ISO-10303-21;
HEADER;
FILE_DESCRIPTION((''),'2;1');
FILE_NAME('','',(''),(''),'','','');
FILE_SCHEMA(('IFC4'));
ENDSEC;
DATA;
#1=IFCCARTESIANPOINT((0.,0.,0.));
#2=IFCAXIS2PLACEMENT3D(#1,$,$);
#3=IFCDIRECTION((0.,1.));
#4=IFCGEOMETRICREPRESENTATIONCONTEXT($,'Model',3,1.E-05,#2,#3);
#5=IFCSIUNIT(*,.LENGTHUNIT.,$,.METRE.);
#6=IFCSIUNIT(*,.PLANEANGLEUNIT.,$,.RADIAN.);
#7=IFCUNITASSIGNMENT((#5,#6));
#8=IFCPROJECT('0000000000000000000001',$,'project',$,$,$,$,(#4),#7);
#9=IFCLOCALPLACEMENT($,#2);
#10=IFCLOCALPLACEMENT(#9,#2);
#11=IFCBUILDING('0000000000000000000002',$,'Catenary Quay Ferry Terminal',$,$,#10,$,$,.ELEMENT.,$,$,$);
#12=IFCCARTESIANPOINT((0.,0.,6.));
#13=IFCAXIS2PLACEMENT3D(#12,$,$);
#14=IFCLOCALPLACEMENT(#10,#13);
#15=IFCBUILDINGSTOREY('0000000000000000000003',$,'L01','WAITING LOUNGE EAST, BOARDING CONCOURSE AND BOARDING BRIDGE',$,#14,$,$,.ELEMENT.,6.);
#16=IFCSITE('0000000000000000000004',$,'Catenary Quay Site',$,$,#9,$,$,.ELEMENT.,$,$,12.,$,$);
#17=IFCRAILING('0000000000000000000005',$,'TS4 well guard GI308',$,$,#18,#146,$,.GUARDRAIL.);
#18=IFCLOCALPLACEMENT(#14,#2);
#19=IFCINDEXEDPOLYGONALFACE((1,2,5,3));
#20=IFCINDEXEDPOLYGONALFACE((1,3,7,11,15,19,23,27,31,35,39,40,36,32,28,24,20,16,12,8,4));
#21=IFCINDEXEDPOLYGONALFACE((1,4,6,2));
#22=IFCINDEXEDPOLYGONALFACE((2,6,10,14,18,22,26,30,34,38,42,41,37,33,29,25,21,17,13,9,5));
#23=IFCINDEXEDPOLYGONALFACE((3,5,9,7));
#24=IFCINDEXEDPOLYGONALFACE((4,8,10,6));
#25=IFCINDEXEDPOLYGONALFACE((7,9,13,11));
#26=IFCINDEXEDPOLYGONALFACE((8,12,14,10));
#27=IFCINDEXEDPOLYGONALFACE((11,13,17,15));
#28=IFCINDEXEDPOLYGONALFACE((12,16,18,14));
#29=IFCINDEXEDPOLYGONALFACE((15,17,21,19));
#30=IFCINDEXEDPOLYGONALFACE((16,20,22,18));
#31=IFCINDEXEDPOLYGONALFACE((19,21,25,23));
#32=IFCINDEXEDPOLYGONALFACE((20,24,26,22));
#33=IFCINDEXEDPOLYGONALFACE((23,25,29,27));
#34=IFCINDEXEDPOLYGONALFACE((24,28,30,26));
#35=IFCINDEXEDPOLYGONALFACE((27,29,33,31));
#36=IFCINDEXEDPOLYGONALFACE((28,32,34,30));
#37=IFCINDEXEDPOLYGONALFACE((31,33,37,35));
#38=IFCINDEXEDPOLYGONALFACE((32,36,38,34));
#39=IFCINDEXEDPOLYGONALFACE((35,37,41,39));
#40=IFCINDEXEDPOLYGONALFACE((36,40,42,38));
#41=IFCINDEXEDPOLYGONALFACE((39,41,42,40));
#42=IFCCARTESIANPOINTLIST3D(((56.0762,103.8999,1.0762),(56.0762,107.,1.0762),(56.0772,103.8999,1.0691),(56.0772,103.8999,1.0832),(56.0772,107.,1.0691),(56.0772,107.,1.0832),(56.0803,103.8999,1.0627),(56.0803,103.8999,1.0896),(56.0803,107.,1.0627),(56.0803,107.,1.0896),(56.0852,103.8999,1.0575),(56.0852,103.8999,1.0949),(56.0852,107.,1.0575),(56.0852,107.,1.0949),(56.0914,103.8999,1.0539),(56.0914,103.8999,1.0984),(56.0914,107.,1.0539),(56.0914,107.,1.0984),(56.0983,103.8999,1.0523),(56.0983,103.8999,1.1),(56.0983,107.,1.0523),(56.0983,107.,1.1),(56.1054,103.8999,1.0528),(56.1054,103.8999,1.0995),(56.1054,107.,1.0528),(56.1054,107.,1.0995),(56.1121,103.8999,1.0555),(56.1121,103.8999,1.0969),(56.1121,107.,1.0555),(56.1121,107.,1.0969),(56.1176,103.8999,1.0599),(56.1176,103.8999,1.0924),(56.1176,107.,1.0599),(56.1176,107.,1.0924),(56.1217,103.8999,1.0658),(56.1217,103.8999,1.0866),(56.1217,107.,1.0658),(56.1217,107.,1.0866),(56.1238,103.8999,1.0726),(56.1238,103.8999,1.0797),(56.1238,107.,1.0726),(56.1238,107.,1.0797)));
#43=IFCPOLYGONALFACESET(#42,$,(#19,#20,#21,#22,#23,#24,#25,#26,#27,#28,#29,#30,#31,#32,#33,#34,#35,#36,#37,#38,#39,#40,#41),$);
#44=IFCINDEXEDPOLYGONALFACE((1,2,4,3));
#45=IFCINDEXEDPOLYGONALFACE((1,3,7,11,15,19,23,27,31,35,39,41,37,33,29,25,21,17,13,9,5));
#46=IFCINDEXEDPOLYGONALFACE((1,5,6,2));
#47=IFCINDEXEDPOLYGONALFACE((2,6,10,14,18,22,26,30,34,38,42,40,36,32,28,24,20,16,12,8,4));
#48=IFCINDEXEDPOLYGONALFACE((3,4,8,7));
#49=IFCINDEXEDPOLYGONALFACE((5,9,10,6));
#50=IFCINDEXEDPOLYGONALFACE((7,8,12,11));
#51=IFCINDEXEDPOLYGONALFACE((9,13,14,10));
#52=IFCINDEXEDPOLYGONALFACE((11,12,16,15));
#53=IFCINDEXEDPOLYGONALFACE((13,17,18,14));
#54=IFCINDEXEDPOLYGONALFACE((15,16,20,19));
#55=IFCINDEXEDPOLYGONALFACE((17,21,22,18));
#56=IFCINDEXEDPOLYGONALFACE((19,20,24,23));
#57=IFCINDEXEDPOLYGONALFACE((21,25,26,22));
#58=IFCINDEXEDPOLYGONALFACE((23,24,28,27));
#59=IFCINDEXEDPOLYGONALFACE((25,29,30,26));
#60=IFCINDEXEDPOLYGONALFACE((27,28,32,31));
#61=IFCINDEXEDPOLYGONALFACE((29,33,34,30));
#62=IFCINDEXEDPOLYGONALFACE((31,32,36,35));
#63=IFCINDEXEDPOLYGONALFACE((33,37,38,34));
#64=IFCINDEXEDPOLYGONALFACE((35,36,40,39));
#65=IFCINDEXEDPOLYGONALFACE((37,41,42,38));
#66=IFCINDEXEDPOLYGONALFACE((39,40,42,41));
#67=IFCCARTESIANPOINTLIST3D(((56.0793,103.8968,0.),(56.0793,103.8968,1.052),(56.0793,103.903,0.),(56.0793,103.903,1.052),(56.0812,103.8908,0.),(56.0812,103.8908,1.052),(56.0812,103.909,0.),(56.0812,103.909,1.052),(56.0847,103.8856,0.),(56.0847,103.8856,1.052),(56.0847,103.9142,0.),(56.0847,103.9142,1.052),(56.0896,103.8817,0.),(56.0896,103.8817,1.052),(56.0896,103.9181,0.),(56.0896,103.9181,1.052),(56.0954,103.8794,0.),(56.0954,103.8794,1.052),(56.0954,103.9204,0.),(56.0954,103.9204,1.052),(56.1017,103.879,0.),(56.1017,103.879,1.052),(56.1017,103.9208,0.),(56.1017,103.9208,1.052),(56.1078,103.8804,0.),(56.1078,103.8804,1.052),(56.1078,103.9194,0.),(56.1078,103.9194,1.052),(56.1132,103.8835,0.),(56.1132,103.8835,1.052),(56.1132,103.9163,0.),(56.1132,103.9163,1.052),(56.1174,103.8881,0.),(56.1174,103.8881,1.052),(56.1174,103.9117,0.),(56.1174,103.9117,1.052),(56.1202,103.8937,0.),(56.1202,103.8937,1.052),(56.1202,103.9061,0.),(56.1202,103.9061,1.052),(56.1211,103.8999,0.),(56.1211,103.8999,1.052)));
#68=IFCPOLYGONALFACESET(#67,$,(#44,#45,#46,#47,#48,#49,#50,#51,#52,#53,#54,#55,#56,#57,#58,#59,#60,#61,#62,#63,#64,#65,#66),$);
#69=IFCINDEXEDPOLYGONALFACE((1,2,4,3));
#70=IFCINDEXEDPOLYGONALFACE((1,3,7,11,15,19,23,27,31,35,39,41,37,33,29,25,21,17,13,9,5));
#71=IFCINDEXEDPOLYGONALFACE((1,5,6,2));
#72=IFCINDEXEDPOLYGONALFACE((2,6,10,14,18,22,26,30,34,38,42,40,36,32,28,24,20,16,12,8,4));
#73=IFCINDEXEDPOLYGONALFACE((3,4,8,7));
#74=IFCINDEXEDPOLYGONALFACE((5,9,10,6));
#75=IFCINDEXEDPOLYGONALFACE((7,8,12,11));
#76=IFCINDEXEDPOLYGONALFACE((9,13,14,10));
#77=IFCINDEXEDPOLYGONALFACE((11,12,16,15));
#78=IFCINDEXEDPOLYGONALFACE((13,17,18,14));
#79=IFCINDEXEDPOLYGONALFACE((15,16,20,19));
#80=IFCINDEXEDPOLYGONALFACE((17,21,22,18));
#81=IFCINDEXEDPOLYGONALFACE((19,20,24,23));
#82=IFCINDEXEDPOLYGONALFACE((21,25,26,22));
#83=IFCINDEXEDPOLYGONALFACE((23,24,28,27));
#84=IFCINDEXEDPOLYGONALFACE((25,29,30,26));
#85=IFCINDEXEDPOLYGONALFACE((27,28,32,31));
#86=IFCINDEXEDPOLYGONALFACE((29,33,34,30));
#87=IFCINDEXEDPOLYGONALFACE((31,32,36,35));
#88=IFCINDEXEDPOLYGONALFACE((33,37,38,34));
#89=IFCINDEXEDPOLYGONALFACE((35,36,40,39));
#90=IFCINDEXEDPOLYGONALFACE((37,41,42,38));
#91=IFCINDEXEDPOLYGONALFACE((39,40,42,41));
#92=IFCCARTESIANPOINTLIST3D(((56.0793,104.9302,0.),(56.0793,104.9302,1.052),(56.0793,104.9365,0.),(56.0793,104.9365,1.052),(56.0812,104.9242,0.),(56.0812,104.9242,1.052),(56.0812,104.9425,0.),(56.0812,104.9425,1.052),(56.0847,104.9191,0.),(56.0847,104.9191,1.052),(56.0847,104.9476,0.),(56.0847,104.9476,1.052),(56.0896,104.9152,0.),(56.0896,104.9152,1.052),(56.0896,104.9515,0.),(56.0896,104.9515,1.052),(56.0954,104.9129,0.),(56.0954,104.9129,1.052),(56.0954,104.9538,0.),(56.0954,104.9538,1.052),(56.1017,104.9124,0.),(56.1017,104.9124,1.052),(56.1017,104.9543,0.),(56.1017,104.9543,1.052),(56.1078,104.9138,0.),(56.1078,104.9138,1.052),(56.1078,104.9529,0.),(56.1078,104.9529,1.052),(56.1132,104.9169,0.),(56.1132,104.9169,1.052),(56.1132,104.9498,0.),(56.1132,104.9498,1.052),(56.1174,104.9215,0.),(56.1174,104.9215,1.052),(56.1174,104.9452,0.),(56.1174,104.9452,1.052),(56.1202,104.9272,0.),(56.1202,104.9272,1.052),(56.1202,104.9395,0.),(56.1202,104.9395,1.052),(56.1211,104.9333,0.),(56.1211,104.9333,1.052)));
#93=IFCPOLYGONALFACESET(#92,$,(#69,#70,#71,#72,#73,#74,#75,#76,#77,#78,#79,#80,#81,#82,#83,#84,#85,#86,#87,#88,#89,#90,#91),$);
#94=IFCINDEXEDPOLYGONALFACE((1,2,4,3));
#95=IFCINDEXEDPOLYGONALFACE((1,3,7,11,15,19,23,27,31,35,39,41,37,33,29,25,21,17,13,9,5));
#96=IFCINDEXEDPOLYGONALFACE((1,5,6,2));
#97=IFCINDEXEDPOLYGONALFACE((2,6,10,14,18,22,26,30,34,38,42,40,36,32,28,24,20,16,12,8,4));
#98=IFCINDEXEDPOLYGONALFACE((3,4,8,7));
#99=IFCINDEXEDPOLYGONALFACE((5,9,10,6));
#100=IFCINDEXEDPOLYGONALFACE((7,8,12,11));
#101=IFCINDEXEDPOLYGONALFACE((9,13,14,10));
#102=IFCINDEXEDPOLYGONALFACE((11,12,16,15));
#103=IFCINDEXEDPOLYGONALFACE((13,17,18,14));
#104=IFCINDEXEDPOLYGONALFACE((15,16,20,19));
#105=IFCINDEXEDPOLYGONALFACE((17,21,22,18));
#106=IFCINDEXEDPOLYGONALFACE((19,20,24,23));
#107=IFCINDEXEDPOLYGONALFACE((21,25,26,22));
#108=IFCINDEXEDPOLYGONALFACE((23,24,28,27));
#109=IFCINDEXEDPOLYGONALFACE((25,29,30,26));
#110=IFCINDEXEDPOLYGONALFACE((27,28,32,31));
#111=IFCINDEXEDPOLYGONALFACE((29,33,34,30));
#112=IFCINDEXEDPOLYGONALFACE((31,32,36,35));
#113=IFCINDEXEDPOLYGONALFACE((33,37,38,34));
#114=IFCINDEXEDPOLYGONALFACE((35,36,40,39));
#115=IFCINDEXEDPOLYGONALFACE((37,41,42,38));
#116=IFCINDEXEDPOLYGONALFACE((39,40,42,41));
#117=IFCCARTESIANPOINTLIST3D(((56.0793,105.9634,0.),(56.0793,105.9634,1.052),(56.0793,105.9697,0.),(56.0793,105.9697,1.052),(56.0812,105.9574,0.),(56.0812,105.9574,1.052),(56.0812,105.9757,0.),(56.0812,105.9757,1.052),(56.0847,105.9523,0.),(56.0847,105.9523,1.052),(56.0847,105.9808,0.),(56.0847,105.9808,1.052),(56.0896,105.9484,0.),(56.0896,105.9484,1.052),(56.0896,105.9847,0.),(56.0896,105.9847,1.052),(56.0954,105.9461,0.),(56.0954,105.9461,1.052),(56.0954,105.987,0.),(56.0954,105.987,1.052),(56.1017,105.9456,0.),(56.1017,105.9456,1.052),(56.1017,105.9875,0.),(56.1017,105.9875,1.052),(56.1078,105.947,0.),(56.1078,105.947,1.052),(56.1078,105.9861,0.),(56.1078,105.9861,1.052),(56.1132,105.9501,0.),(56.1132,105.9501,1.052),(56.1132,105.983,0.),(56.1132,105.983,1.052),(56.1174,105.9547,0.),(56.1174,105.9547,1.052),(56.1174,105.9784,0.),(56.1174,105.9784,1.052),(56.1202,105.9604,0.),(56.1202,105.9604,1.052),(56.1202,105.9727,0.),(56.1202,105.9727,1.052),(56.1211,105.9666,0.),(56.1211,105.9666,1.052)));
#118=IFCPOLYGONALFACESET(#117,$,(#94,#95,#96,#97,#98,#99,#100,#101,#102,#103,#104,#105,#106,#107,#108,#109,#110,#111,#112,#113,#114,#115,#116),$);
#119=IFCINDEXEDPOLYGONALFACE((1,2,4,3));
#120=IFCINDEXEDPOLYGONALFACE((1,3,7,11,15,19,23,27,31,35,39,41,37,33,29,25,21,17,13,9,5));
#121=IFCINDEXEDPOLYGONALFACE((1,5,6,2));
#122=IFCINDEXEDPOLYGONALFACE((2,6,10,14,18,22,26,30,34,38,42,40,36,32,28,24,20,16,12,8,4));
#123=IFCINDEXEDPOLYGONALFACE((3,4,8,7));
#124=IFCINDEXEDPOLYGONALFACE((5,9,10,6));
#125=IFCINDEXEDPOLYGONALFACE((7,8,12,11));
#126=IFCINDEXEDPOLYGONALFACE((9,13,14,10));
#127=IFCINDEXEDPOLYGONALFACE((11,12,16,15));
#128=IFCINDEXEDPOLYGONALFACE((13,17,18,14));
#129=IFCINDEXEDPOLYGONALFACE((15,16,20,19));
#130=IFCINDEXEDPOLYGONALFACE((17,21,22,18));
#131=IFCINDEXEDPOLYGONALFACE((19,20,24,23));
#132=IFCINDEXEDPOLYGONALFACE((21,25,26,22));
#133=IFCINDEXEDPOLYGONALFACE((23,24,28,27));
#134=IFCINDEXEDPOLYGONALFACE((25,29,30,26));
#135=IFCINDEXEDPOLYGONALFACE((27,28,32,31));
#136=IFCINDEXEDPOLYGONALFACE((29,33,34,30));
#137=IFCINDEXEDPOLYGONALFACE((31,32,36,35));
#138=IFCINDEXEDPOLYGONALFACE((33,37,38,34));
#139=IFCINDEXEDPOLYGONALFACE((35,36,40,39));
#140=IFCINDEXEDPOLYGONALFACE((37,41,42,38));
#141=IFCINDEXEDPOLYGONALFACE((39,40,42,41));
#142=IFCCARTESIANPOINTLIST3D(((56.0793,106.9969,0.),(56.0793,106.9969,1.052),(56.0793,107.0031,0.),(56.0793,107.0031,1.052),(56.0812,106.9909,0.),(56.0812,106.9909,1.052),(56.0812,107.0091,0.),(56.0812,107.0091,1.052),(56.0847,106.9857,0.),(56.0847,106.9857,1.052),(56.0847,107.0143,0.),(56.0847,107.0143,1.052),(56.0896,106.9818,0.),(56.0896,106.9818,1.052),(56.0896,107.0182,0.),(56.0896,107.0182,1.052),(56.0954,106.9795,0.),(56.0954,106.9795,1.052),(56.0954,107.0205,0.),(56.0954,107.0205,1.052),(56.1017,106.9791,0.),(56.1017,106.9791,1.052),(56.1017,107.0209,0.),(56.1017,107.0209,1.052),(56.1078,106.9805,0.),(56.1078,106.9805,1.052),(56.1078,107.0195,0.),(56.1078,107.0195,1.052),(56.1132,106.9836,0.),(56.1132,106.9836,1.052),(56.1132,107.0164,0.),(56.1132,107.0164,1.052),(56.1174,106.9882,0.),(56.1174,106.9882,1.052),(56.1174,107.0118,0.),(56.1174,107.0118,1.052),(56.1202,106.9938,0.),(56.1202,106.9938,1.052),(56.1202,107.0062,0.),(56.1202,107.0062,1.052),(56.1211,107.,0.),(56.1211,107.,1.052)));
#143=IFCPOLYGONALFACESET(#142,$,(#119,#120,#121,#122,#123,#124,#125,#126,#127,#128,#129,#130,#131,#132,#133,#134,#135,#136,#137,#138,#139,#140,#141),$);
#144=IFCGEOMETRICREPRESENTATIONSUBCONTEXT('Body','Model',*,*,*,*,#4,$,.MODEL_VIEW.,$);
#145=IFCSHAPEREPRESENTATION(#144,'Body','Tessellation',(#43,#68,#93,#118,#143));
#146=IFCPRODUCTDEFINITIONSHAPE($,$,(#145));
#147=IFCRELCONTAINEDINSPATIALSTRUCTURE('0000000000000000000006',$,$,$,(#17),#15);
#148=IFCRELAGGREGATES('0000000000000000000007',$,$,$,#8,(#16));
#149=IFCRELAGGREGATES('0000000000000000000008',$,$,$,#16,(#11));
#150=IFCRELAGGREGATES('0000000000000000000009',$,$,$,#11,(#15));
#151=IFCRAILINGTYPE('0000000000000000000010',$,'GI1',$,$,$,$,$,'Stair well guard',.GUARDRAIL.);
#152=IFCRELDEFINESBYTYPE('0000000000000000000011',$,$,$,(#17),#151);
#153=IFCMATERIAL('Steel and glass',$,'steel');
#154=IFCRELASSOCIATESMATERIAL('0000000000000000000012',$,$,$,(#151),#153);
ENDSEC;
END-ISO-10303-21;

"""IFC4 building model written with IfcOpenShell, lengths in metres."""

from ifc_helpers import new_model, si_unit, direction, frame, origin, origin_2d, place, context, subcontext, project, spatial, circle, extrude, material, type_object, element, save


model = new_model("IFC4")

# Units and contexts
model_context = context("Model", 3, precision=1e-05, world=origin(), true_north=direction((0.0, 1.0)))
body_context = subcontext(model_context, "Body", "Model", "MODEL_VIEW")
ifc_project = project(units=[si_unit("LENGTHUNIT", "METRE"), si_unit("PLANEANGLEUNIT", "RADIAN")], contexts=[model_context])

# Site, building, storey
site_placement = place(None, origin())
site = spatial("IfcSite", under=ifc_project, at=site_placement, Name="Catenary Quay Site", CompositionType="ELEMENT", RefElevation=12.0)
building_placement = place(site_placement, origin())
building = spatial("IfcBuilding", under=site, at=building_placement, Name="Catenary Quay Ferry Terminal", CompositionType="ELEMENT")
storey_placement = place(building_placement, frame((0.0, 0.0, 6.0)))
storey = spatial("IfcBuildingStorey", under=building, at=storey_placement, Name="L01", Description="WAITING LOUNGE EAST, BOARDING CONCOURSE AND BOARDING BRIDGE", CompositionType="ELEMENT", Elevation=6.0)

# Railing
ifc_material_1 = material(Name="Steel and glass", Category="steel")
railing_type = type_object("IfcRailingType", Name="GI1", ElementType="Stair well guard", PredefinedType="GUARDRAIL", material=ifc_material_1)
for number, where, name in (
    (1, (56.1001, 103.8999, 0.0), "TS4 well guard GI308"),
):
    element("IfcRailing", number, at=place(storey_placement, frame(where)), inside=storey, type_object=railing_type, Name=name, PredefinedType="GUARDRAIL", context=body_context, shape_type="SweptSolid", body=[
        extrude(circle(Radius=0.0239, at=origin_2d()), frame((0.0, 0.0, 1.0762), z_axis=(0.0, 1.0, 0.0), x_axis=(-1.0, 0.0, 0.0)), (0.0, 0.0, 1.0), 3.1001),
        extrude(circle(Radius=0.021, at=origin_2d()), origin(), (0.0, 0.0, 1.0), 1.052),
        extrude(circle(Radius=0.021, at=origin_2d()), frame((0.0, 1.0334, 0.0)), (0.0, 0.0, 1.0), 1.052),
        extrude(circle(Radius=0.021, at=origin_2d()), frame((0.0, 2.0667, 0.0)), (0.0, 0.0, 1.0), 1.052),
        extrude(circle(Radius=0.021, at=origin_2d()), frame((0.0, 3.1001, 0.0)), (0.0, 0.0, 1.0), 1.052),
    ])

save(model, "model.ifc")
